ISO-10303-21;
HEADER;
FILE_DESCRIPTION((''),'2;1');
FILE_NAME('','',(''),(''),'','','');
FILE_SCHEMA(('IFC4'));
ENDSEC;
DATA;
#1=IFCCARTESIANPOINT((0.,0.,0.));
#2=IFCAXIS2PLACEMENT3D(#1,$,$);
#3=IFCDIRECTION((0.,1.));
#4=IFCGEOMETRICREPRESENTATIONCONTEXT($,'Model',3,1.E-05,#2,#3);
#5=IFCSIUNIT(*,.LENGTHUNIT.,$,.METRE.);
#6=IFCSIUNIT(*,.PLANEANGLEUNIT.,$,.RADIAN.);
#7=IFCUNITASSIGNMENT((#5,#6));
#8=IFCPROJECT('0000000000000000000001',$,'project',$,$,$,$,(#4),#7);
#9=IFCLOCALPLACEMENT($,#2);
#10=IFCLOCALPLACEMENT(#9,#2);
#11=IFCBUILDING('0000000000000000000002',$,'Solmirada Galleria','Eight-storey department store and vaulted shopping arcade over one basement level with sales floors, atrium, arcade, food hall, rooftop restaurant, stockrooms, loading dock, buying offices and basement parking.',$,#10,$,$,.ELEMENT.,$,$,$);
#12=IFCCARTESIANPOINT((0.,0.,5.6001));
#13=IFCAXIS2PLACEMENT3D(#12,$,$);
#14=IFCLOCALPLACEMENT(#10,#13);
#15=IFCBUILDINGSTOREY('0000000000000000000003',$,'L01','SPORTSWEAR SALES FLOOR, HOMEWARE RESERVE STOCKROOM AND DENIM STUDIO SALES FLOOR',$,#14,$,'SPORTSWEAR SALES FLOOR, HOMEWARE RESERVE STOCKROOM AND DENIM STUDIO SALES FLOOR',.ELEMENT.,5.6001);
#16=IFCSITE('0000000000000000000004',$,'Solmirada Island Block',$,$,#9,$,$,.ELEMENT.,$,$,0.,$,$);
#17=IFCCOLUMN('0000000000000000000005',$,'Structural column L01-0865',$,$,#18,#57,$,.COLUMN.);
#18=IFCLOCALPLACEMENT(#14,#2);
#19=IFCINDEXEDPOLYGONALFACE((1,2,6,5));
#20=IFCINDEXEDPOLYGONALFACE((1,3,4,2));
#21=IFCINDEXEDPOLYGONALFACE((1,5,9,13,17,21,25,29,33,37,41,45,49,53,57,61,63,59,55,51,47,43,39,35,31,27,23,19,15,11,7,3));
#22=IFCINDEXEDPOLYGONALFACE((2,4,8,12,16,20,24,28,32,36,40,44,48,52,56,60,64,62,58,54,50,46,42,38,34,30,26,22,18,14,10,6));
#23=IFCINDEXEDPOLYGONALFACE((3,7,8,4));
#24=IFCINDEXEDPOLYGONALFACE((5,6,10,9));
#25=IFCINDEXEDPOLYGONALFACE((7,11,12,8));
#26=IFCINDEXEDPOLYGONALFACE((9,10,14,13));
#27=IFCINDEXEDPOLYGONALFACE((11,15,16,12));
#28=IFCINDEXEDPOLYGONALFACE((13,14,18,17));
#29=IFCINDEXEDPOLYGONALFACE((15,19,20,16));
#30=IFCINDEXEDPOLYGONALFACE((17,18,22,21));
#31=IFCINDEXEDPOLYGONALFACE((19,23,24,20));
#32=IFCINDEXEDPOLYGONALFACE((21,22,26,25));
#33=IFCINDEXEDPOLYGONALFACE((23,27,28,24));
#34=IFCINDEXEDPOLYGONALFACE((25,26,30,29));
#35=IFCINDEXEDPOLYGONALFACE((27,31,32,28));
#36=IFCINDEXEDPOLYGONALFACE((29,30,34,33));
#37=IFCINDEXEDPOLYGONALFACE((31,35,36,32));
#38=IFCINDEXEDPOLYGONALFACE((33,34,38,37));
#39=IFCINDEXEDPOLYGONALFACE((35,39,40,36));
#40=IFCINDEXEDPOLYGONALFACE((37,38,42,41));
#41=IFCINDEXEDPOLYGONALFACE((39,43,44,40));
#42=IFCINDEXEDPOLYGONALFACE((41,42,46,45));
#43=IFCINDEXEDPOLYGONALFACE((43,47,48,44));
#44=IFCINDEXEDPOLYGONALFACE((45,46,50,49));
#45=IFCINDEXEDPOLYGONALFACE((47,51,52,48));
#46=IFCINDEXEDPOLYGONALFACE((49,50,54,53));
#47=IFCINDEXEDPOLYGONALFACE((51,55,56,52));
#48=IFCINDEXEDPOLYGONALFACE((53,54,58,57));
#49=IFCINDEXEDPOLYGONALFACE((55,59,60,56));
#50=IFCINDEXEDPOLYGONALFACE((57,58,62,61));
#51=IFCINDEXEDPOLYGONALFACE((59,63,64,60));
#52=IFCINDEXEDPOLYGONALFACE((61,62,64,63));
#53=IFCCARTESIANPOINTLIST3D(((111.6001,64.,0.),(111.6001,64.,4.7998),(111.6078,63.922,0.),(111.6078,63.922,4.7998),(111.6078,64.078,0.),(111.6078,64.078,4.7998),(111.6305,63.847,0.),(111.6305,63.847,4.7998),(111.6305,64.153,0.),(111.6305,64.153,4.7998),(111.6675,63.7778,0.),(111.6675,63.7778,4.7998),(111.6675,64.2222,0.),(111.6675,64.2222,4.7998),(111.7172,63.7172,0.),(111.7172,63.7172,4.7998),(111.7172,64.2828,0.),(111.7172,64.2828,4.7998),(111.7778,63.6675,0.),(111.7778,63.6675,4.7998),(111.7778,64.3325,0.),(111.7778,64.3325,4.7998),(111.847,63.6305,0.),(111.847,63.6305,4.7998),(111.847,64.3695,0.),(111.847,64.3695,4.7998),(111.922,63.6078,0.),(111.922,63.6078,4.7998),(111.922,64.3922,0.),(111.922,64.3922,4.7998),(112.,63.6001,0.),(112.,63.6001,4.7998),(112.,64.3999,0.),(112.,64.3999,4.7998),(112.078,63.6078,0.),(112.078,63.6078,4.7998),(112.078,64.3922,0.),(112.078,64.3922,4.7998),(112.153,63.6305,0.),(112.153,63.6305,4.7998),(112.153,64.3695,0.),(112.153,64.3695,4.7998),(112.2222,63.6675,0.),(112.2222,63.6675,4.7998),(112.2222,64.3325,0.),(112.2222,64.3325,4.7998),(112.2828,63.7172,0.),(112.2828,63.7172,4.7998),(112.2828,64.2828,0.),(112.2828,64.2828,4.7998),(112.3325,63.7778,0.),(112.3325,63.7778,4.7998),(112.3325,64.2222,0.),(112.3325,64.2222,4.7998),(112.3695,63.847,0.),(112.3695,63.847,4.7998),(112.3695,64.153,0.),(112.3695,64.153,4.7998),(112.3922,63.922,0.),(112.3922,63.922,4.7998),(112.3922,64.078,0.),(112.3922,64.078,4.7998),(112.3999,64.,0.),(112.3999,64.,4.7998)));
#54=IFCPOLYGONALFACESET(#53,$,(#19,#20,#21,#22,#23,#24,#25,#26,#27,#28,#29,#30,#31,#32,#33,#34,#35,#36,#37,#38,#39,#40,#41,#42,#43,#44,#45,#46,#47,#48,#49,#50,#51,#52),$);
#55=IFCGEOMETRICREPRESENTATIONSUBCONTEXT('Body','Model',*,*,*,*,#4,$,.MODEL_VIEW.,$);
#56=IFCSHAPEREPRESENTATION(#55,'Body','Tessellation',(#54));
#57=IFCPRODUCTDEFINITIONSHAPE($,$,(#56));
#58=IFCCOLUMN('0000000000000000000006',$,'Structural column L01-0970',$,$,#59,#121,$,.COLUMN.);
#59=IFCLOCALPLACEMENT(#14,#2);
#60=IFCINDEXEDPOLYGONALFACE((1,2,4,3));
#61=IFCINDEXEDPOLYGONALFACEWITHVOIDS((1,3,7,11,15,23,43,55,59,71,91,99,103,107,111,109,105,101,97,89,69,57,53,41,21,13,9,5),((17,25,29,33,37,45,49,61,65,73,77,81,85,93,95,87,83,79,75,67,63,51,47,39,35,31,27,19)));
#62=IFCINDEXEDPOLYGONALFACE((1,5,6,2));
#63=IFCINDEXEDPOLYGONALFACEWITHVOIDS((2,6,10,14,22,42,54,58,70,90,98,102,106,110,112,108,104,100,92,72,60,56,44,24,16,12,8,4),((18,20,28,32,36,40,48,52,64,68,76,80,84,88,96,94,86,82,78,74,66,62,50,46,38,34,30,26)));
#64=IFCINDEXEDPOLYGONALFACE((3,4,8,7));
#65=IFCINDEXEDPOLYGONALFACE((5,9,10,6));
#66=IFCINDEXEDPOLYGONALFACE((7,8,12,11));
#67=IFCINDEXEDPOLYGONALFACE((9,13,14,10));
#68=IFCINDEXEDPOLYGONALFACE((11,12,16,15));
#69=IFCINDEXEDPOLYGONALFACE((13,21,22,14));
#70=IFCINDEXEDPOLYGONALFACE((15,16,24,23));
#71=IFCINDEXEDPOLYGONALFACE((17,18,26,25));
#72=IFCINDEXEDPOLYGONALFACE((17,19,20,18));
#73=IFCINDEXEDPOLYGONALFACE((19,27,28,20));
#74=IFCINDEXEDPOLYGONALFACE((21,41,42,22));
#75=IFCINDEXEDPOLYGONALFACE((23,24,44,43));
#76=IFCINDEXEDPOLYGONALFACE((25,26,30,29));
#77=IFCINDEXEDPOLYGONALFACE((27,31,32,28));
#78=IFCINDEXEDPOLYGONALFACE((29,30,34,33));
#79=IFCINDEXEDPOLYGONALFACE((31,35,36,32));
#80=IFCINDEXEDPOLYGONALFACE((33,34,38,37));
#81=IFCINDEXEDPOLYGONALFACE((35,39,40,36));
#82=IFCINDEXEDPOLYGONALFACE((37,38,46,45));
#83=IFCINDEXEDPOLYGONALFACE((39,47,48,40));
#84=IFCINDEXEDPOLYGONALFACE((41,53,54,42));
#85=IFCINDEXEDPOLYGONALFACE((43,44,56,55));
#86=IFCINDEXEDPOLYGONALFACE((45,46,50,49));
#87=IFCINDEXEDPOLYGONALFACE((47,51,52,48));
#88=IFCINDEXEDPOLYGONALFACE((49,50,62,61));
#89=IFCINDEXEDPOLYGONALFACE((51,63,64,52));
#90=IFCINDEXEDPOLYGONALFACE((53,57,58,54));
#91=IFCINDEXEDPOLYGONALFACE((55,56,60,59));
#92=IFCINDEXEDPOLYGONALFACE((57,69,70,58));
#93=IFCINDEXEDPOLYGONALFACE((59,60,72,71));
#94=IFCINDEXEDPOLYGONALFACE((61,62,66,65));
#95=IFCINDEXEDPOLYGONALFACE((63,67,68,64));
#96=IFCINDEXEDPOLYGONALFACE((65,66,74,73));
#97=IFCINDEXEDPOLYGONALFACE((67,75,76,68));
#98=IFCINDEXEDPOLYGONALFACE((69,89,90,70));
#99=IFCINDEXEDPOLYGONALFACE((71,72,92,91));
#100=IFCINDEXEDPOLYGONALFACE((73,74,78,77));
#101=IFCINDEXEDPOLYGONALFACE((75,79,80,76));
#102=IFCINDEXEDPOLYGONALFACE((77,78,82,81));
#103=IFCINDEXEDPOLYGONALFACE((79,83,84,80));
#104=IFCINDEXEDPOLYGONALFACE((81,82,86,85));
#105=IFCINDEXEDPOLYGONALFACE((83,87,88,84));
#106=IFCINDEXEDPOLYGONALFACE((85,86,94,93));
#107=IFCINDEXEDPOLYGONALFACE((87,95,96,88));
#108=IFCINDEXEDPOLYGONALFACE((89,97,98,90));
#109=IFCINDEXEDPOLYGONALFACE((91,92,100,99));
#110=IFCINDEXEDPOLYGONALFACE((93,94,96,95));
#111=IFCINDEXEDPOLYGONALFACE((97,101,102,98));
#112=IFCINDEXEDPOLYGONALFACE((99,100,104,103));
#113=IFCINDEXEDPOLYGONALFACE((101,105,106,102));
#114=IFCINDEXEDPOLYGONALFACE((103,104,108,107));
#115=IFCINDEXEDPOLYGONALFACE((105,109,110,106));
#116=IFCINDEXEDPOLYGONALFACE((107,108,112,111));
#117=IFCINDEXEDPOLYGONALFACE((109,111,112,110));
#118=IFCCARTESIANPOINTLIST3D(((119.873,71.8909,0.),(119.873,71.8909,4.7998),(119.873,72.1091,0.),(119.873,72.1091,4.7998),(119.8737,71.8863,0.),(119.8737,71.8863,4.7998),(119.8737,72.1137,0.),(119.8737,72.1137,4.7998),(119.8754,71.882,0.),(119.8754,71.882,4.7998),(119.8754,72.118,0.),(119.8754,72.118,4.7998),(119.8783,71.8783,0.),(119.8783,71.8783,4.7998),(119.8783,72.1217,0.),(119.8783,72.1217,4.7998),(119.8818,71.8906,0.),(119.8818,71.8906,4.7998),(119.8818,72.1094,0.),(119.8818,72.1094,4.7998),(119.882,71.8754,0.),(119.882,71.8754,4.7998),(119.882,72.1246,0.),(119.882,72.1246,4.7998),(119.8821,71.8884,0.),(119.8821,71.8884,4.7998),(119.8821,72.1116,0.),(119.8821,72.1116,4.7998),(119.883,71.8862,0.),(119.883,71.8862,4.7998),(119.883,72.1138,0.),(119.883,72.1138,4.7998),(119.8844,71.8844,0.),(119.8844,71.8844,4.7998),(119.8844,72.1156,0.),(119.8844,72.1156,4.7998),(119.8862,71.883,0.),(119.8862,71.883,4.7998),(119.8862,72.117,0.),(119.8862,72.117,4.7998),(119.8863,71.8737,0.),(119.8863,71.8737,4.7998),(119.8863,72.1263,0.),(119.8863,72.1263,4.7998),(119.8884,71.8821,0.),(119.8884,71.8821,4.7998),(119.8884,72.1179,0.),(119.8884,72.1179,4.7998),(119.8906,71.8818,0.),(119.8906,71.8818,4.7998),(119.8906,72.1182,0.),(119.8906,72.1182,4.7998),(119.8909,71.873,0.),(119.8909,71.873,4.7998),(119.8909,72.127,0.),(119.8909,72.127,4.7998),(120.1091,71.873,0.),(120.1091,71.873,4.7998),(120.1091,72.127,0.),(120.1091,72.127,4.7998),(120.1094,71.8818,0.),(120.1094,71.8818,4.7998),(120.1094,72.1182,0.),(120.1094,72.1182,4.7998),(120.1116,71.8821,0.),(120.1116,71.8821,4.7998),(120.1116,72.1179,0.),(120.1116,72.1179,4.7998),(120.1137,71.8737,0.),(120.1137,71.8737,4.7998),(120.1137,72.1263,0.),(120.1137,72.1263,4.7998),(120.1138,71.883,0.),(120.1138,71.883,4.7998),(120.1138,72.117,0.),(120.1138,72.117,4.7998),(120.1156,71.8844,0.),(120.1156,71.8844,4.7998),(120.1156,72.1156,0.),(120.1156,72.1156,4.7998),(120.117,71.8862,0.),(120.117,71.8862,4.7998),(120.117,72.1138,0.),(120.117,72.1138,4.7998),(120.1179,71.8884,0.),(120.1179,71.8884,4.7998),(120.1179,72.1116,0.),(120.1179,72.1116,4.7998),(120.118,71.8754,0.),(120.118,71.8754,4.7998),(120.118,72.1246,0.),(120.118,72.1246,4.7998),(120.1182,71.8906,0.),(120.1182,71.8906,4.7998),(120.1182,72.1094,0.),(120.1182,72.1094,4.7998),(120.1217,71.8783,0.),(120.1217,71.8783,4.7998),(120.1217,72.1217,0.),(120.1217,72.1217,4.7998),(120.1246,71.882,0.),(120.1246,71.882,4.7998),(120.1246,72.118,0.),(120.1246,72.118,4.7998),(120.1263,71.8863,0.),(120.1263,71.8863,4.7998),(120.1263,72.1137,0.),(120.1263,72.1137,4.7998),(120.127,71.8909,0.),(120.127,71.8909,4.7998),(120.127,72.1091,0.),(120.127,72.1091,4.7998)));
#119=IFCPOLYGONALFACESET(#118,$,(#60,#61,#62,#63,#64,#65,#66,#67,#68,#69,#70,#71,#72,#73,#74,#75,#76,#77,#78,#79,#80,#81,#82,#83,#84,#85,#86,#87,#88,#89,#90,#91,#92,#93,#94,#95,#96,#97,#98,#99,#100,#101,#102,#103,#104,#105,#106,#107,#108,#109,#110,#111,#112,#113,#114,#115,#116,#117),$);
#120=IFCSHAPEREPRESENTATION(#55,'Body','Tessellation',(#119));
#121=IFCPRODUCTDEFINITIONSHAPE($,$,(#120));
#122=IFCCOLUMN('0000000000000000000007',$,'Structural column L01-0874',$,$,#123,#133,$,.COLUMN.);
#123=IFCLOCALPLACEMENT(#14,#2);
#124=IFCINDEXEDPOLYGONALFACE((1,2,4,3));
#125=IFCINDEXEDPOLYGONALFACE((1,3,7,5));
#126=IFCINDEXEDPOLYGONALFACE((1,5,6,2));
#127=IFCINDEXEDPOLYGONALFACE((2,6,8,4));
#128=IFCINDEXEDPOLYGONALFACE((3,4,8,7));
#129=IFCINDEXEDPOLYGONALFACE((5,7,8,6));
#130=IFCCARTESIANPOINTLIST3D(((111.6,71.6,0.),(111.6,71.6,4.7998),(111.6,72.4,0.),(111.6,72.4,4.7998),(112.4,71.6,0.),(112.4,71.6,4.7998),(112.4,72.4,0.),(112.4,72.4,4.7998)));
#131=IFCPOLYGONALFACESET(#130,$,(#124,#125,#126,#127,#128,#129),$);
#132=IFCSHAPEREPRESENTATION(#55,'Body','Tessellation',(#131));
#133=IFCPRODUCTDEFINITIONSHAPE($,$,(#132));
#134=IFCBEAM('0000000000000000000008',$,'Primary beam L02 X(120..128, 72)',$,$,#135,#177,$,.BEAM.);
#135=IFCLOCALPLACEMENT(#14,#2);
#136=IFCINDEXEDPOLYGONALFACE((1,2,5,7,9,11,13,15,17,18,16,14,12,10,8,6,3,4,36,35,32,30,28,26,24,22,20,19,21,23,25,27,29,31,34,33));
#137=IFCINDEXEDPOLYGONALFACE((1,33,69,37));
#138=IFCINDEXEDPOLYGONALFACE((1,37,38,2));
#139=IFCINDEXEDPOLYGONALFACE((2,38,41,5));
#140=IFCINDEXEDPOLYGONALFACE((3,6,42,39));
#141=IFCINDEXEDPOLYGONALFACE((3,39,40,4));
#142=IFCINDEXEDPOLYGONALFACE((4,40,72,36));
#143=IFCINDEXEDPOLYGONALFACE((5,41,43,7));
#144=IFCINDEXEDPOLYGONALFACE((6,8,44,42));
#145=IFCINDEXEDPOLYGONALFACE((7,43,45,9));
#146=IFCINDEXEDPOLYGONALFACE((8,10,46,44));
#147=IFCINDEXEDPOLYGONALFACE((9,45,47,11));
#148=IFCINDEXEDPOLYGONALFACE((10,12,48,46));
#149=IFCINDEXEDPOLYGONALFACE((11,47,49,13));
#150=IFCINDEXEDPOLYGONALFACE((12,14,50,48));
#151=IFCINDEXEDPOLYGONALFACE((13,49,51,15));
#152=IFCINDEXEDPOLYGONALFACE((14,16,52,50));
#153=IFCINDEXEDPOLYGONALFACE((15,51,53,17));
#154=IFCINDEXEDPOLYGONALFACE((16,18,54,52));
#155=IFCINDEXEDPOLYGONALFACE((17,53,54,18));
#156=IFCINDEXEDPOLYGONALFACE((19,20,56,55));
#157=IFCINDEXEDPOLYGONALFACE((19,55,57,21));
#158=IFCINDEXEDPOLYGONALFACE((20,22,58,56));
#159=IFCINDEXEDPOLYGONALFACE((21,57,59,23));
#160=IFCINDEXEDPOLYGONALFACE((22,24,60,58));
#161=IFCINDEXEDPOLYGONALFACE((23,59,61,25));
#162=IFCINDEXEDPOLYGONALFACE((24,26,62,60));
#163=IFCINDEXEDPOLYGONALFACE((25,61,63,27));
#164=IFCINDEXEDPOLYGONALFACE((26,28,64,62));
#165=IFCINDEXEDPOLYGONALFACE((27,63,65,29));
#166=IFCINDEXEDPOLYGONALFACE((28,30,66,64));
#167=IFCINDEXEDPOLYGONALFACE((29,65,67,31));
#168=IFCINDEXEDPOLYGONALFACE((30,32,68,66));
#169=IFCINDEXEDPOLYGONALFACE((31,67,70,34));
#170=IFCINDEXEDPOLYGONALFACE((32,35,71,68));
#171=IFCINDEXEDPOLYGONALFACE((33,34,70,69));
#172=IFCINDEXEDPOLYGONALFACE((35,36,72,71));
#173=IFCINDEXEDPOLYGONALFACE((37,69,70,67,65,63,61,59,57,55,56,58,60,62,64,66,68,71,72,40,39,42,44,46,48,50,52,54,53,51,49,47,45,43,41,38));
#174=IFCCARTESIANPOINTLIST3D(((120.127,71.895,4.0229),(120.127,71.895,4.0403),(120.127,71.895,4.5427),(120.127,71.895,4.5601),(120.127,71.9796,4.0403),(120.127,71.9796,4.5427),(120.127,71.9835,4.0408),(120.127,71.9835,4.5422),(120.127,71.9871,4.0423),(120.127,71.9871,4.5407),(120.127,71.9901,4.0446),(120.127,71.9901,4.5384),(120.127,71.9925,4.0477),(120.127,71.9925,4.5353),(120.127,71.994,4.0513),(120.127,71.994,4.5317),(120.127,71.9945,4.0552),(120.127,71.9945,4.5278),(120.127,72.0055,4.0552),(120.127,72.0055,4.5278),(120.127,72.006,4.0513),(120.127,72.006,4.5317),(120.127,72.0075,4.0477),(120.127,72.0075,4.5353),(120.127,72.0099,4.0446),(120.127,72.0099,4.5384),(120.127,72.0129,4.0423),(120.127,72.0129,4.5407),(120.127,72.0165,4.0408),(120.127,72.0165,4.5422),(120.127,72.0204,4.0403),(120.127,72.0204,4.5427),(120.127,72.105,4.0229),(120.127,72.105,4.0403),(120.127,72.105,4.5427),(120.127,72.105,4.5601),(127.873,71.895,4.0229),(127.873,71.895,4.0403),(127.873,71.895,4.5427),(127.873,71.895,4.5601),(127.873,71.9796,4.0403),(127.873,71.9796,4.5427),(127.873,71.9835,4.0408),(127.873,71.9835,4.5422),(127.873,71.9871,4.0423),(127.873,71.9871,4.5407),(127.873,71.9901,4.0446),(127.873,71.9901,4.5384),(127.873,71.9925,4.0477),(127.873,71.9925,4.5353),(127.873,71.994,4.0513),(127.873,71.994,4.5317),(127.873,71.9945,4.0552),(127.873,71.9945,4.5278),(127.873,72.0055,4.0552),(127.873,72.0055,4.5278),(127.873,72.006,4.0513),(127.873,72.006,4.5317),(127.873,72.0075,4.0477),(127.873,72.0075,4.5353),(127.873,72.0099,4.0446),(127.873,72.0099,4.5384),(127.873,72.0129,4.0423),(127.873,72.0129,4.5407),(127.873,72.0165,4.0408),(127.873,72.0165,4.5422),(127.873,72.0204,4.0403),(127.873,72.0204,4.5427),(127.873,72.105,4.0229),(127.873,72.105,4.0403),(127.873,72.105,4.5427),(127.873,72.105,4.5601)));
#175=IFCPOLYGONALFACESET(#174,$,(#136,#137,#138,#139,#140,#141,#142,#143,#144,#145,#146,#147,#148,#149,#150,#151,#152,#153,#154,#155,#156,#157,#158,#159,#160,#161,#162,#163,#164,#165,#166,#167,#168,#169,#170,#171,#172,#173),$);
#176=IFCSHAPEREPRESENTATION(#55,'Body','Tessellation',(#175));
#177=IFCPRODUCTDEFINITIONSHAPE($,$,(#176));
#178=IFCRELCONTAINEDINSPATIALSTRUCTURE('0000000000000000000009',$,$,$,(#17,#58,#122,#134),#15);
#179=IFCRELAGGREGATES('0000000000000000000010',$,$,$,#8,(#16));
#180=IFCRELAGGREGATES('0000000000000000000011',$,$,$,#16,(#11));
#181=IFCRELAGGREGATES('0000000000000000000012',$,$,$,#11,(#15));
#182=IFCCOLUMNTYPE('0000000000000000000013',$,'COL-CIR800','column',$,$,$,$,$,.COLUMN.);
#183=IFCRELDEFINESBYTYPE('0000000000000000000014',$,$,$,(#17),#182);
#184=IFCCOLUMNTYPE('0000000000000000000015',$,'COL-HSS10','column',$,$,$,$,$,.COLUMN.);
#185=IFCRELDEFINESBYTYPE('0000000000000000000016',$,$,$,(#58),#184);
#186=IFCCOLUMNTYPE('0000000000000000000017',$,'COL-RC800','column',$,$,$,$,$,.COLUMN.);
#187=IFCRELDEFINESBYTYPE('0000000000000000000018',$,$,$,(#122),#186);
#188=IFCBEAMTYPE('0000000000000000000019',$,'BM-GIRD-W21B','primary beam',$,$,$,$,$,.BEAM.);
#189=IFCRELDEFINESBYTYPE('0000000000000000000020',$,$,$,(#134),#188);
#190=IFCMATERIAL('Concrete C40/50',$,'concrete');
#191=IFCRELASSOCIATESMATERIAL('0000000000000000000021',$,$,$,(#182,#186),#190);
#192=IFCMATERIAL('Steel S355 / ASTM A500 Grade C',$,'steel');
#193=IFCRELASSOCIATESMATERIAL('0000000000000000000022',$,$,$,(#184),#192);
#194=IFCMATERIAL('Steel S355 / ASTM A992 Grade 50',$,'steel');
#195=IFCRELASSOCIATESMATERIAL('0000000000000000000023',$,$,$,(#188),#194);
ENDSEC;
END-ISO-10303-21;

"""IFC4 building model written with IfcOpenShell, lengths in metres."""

from ifc_helpers import new_model, si_unit, direction, frame, origin, origin_2d, place, context, subcontext, project, spatial, rectangle, hollow_rectangle, circle, i_section, extrude, material, material_profile, profile_set, type_object, element, save


model = new_model("IFC4")

# Units and contexts
model_context = context("Model", 3, precision=1e-05, world=origin(), true_north=direction((0.0, 1.0)))
body_context = subcontext(model_context, "Body", "Model", "MODEL_VIEW")
ifc_project = project(units=[si_unit("LENGTHUNIT", "METRE"), si_unit("PLANEANGLEUNIT", "RADIAN")], contexts=[model_context])

# Site, building, storey
site_placement = place(None, origin())
site = spatial("IfcSite", under=ifc_project, at=site_placement, Name="Solmirada Island Block", CompositionType="ELEMENT", RefElevation=0.0)
building_placement = place(site_placement, origin())
building = spatial("IfcBuilding", under=site, at=building_placement, Name="Solmirada Galleria", Description="Eight-storey department store and vaulted shopping arcade over one basement level with sales floors, atrium, arcade, food hall, rooftop restaurant, stockrooms, loading dock, buying offices and basement parking.", CompositionType="ELEMENT")
storey_placement = place(building_placement, frame((0.0, 0.0, 5.6001)))
storey = spatial("IfcBuildingStorey", under=building, at=storey_placement, Name="L01", Description="SPORTSWEAR SALES FLOOR, HOMEWARE RESERVE STOCKROOM AND DENIM STUDIO SALES FLOOR", LongName="SPORTSWEAR SALES FLOOR, HOMEWARE RESERVE STOCKROOM AND DENIM STUDIO SALES FLOOR", CompositionType="ELEMENT", Elevation=5.6001)

# Columns
ifc_material_1 = material(Name="Concrete C40/50", Category="concrete")
ifc_material_profile_1 = material_profile(ifc_material_1, circle(Radius=0.3999, at=origin_2d()), Name="RCCOL800")
ifc_profile_set_1 = profile_set([ifc_material_profile_1], Name="Concrete C40/50")
column_type_1 = type_object("IfcColumnType", Name="COL-CIR800", Description="column", PredefinedType="COLUMN", material=ifc_profile_set_1)
column_1_placement = place(storey_placement, frame((112.0, 64.0, 0.0), z_axis=(0.0, 0.0, 1.0), x_axis=(1.0, 0.0, 0.0)))
element("IfcColumn", 1, at=column_1_placement, inside=storey, type_object=column_type_1, Name="Structural column L01-0865", PredefinedType="COLUMN", context=body_context, shape_type="SweptSolid", body=[
    extrude(circle(Radius=0.3999, at=origin_2d()), origin(), (0.0, 0.0, 1.0), 4.7998),
])
ifc_material_2 = material(Name="Steel S355 / ASTM A500 Grade C", Category="steel")
ifc_material_profile_2 = material_profile(ifc_material_2, hollow_rectangle(XDim=0.2539, YDim=0.2539, WallThickness=0.0088, InnerFilletRadius=0.0088, OuterFilletRadius=0.0178, at=origin_2d()), Name="HSS10X10X3/8")
ifc_profile_set_2 = profile_set([ifc_material_profile_2], Name="Steel S355 / ASTM A500 Grade C")
column_type_2 = type_object("IfcColumnType", Name="COL-HSS10", Description="column", PredefinedType="COLUMN", material=ifc_profile_set_2)
column_2_placement = place(storey_placement, frame((120.0, 72.0, 0.0), z_axis=(0.0, 0.0, 1.0), x_axis=(1.0, 0.0, 0.0)))
element("IfcColumn", 2, at=column_2_placement, inside=storey, type_object=column_type_2, Name="Structural column L01-0970", PredefinedType="COLUMN", context=body_context, shape_type="SweptSolid", body=[
    extrude(hollow_rectangle(XDim=0.2539, YDim=0.2539, WallThickness=0.0088, InnerFilletRadius=0.0088, OuterFilletRadius=0.0178, at=origin_2d()), origin(), (0.0, 0.0, 1.0), 4.7998),
])
ifc_material_profile_3 = material_profile(ifc_material_1, rectangle(XDim=0.8, YDim=0.8, at=origin_2d()), Name="RC800X800")
ifc_profile_set_3 = profile_set([ifc_material_profile_3], Name="Concrete C40/50")
column_type_3 = type_object("IfcColumnType", Name="COL-RC800", Description="column", PredefinedType="COLUMN", material=ifc_profile_set_3)
column_3_placement = place(storey_placement, frame((112.0, 72.0, 0.0), z_axis=(0.0, 0.0, 1.0), x_axis=(1.0, 0.0, 0.0)))
element("IfcColumn", 3, at=column_3_placement, inside=storey, type_object=column_type_3, Name="Structural column L01-0874", PredefinedType="COLUMN", context=body_context, shape_type="SweptSolid", body=[
    extrude(rectangle(XDim=0.8, YDim=0.8, at=origin_2d()), origin(), (0.0, 0.0, 1.0), 4.7998),
])

# Beam
ifc_material_3 = material(Name="Steel S355 / ASTM A992 Grade 50", Category="steel")
ifc_material_profile_4 = material_profile(ifc_material_3, i_section(OverallWidth=0.21, OverallDepth=0.5371, WebThickness=0.011, FlangeThickness=0.0173, FilletRadius=0.0149, at=origin_2d()), Name="W21X68")
ifc_profile_set_4 = profile_set([ifc_material_profile_4], Name="Steel S355 / ASTM A992 Grade 50")
beam_type = type_object("IfcBeamType", Name="BM-GIRD-W21B", Description="primary beam", PredefinedType="BEAM", material=ifc_profile_set_4)
beam_1_placement = place(storey_placement, frame((120.127, 72.0, 4.2915), z_axis=(1.0, 0.0, 0.0), x_axis=(0.0, 1.0, 0.0)))
element("IfcBeam", 4, at=beam_1_placement, inside=storey, type_object=beam_type, Name="Primary beam L02 X(120..128, 72)", PredefinedType="BEAM", context=body_context, shape_type="SweptSolid", body=[
    extrude(i_section(OverallWidth=0.21, OverallDepth=0.5371, WebThickness=0.011, FlangeThickness=0.0173, FilletRadius=0.0149, at=origin_2d()), origin(), (0.0, 0.0, 1.0), 7.7461),
])

save(model, "model.ifc")
